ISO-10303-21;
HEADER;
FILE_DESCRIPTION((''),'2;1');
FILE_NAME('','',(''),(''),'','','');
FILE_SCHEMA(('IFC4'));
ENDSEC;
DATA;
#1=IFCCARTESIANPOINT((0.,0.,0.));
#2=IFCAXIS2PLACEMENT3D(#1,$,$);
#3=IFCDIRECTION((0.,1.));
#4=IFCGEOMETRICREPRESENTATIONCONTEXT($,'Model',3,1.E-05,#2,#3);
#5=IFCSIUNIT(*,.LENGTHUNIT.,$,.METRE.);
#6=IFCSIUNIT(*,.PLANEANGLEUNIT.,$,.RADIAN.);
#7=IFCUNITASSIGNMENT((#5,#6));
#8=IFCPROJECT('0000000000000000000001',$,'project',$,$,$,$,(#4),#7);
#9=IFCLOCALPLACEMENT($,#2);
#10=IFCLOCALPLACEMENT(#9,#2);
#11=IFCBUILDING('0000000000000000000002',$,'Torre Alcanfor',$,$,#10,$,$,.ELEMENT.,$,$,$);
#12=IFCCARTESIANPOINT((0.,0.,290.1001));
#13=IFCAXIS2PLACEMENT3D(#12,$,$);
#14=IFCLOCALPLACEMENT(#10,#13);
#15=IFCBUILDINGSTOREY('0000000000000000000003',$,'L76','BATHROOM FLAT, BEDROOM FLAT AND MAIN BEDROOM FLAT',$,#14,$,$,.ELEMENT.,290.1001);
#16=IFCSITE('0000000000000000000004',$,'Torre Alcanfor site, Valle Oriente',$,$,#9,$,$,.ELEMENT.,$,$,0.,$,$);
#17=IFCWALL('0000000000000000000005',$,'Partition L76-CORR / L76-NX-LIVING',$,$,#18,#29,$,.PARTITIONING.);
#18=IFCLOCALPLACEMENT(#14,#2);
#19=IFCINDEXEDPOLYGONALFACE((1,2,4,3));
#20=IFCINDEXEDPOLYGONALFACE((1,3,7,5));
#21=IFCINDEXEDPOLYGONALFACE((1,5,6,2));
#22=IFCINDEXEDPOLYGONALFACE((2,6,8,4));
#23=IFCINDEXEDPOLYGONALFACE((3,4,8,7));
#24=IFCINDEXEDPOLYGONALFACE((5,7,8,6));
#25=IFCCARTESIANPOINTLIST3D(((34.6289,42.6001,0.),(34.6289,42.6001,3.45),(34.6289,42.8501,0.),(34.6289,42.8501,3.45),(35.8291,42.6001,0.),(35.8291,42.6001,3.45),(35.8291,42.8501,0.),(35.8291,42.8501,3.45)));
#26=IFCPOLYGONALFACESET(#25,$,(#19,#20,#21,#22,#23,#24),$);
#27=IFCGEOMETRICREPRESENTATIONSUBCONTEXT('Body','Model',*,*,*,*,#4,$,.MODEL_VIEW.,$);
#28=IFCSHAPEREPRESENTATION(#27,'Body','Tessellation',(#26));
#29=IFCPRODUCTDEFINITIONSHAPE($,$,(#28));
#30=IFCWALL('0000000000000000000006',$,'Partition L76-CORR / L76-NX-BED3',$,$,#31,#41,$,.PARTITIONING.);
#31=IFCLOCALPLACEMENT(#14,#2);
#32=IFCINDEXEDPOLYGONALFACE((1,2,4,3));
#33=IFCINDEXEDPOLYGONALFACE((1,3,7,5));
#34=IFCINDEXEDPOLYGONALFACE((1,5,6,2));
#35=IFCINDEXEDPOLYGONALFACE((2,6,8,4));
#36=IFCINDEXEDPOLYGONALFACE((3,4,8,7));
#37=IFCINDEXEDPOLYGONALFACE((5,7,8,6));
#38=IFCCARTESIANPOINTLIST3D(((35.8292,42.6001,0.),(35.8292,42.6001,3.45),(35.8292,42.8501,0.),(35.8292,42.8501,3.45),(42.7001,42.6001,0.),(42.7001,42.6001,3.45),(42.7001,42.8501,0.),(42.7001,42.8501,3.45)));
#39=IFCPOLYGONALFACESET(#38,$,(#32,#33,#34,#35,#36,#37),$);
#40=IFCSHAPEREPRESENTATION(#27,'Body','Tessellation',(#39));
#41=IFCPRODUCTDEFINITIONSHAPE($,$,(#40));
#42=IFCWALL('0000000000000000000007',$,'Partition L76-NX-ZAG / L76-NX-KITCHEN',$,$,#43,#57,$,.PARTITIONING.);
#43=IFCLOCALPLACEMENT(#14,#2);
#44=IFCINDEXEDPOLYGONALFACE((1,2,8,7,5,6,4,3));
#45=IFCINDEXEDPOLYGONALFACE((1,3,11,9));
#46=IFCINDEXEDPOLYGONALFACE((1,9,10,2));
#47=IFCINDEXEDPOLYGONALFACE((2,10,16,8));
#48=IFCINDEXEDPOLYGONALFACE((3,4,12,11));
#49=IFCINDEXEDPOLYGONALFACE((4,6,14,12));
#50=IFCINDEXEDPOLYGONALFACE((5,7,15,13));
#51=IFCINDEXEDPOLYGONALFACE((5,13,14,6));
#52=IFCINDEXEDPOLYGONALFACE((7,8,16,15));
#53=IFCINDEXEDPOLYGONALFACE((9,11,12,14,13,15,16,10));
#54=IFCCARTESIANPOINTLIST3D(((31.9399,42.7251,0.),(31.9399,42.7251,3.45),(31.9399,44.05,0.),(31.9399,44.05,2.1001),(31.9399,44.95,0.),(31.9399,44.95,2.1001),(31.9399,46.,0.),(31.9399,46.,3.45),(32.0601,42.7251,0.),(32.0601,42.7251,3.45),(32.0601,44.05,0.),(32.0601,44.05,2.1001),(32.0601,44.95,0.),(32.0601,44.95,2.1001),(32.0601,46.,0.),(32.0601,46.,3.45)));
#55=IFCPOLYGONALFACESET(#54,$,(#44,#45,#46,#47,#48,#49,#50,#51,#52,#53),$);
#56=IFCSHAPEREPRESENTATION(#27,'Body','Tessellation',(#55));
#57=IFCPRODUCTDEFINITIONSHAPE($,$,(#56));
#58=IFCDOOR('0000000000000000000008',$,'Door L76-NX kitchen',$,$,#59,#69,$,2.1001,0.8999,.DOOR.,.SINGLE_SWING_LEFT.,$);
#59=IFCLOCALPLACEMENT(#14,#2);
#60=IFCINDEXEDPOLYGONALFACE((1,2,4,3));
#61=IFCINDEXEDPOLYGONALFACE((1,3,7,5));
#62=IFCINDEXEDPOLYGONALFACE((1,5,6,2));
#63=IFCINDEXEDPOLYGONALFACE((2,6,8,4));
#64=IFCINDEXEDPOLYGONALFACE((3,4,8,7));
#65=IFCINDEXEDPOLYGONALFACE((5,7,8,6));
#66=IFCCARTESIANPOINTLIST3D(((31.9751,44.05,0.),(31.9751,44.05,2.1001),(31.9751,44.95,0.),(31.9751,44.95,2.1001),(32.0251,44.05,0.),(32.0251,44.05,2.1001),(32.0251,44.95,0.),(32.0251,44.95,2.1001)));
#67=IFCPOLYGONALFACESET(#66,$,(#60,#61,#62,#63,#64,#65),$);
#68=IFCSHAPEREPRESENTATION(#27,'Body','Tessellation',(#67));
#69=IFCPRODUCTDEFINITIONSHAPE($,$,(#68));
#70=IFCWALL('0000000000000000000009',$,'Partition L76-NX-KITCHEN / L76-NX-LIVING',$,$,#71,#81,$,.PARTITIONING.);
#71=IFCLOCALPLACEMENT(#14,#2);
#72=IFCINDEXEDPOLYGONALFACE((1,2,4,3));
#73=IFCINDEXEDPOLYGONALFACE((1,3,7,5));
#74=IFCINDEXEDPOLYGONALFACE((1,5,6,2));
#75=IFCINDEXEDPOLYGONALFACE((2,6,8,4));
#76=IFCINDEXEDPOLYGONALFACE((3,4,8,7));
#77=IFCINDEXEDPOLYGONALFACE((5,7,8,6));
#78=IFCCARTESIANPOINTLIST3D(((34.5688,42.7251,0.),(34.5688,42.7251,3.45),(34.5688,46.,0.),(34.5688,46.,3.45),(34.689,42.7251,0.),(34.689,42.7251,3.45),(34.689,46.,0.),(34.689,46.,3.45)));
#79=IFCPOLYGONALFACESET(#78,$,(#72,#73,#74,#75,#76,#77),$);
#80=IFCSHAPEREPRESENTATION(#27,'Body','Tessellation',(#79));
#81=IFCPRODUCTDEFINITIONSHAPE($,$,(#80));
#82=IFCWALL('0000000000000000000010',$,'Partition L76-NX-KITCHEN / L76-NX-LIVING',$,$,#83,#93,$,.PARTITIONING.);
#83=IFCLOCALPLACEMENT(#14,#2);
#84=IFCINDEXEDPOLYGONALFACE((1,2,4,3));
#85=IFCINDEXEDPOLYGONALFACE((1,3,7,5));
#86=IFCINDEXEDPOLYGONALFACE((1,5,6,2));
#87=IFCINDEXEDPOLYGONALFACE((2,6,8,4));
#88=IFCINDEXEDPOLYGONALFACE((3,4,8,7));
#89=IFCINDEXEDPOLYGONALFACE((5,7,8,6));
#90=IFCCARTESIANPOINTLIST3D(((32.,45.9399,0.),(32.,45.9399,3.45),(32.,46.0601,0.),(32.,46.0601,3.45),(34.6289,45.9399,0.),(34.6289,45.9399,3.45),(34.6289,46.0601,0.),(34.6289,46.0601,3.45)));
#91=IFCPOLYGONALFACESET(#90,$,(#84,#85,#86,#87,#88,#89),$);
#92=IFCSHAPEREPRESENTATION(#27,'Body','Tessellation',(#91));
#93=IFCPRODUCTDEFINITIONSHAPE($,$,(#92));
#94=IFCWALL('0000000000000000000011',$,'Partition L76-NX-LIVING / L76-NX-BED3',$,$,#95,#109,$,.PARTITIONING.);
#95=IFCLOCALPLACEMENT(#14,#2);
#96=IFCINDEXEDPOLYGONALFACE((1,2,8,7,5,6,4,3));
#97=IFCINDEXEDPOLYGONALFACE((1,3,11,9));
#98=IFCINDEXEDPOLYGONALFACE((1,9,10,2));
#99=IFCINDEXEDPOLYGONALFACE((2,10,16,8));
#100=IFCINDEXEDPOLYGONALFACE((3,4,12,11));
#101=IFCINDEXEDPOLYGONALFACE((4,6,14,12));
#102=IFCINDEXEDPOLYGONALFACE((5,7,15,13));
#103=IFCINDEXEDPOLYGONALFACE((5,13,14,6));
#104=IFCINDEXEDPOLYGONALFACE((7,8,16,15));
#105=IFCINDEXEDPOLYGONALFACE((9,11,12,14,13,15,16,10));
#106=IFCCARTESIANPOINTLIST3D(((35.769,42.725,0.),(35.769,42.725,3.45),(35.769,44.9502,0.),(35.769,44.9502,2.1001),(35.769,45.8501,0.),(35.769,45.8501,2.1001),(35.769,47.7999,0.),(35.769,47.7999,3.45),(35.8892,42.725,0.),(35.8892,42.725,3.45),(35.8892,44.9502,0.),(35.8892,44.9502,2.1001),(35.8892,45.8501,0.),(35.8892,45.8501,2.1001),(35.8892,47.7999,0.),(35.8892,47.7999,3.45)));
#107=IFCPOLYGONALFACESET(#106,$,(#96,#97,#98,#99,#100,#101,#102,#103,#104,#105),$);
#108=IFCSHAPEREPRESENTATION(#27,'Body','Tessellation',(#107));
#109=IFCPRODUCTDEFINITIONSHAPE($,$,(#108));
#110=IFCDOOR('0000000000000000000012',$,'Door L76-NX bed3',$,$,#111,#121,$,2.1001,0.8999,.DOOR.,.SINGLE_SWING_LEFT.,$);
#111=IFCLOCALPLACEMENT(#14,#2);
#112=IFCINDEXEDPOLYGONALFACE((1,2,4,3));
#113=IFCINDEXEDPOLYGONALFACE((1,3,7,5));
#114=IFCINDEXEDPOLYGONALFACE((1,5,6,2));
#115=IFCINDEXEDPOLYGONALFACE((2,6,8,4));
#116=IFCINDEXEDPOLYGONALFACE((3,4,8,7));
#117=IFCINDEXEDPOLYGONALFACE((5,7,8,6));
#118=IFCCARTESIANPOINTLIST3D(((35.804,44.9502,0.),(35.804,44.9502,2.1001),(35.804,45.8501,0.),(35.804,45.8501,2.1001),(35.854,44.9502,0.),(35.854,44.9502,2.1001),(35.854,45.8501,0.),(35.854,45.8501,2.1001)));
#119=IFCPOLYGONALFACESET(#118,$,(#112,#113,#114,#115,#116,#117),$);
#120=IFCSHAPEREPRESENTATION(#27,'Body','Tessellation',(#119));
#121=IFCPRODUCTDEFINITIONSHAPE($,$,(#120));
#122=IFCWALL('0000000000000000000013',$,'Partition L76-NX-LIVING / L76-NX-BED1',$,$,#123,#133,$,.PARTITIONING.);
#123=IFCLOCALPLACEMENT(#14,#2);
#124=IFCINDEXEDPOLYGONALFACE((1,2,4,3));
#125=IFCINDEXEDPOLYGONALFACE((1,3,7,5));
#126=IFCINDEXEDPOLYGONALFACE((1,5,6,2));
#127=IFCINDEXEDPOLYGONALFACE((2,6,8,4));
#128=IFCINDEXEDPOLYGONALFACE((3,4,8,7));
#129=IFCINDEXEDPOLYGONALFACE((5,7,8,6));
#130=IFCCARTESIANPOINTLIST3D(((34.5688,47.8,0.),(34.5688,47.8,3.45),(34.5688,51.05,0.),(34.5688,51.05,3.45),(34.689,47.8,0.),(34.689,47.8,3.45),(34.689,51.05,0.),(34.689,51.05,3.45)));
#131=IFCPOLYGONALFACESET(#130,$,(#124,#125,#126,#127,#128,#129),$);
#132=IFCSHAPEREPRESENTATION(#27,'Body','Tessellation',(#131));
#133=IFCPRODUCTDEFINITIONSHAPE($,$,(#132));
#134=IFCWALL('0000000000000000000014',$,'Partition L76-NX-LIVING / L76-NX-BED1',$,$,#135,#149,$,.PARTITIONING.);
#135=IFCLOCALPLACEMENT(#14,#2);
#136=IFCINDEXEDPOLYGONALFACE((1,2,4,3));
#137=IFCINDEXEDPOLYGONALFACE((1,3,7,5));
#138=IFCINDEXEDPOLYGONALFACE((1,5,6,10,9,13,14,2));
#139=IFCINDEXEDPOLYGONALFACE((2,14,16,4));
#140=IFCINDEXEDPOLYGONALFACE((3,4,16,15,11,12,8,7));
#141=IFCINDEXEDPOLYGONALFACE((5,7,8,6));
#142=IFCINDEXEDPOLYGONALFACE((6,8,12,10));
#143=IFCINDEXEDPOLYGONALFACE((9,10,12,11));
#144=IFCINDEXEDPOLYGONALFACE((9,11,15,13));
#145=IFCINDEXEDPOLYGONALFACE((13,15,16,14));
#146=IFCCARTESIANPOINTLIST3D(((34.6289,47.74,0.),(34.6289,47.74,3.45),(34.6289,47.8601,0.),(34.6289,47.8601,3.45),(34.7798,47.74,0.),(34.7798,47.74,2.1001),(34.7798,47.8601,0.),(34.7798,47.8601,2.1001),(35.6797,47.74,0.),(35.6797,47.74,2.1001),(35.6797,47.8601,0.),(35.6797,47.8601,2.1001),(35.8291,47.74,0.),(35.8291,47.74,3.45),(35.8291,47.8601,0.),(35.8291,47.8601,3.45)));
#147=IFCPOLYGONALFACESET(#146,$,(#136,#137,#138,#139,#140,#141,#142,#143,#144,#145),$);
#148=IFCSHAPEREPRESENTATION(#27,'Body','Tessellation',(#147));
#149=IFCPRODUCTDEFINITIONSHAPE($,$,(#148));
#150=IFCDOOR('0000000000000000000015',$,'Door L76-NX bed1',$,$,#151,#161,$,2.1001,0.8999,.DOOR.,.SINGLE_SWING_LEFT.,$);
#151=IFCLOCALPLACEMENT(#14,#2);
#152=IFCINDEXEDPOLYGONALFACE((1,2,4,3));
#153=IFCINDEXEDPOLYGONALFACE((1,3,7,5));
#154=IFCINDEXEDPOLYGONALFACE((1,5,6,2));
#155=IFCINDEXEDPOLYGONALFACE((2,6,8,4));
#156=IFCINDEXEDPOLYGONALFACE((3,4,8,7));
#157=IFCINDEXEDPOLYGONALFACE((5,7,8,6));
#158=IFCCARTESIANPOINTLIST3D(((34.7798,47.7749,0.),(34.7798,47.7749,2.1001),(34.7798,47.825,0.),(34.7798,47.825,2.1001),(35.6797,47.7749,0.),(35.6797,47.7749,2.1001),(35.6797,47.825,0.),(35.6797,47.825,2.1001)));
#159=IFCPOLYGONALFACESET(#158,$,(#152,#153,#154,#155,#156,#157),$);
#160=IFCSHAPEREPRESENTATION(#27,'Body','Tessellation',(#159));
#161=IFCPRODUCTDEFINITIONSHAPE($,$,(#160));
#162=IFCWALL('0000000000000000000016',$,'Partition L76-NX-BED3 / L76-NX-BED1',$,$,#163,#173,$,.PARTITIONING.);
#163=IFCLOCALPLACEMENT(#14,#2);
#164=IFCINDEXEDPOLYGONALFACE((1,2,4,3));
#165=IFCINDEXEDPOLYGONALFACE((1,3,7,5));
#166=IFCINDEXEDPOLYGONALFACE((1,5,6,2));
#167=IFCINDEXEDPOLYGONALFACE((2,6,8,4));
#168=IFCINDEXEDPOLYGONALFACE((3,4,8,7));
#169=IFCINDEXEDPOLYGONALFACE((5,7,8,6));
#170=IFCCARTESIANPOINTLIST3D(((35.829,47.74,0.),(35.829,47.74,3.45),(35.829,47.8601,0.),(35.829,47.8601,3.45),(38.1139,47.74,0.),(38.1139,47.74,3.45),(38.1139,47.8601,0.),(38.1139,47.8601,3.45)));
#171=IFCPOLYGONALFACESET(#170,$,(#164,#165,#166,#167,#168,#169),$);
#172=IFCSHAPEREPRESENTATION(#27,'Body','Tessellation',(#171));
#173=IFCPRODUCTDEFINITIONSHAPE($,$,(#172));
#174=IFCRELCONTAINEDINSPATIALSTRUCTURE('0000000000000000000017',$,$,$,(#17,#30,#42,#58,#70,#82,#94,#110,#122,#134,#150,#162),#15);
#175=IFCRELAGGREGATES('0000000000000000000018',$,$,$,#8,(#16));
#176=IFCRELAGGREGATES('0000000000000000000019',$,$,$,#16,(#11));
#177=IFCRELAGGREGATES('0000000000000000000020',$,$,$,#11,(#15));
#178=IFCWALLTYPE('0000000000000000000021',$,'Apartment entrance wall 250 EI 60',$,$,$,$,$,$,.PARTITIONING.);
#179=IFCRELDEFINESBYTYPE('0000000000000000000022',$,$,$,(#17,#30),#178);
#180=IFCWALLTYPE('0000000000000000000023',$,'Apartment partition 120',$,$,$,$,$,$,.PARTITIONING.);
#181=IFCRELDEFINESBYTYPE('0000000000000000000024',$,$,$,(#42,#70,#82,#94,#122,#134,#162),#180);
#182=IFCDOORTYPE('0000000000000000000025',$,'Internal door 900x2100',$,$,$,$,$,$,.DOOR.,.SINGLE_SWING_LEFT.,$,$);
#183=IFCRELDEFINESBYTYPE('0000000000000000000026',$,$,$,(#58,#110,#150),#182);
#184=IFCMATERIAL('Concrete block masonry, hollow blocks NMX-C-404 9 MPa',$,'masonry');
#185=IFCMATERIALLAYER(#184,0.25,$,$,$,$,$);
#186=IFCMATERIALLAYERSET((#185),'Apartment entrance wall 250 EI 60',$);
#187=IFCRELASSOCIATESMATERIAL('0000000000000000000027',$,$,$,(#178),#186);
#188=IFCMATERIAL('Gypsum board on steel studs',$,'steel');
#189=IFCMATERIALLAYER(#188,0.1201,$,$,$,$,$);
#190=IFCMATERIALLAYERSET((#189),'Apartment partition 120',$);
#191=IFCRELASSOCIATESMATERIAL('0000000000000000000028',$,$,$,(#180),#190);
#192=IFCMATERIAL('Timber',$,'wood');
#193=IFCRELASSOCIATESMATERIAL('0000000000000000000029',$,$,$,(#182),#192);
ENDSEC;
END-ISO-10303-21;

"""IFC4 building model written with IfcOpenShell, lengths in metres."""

from ifc_helpers import new_model, si_unit, direction, frame, frame_2d, origin, place, context, subcontext, project, spatial, rectangle, extrude, material, layer, layer_set, type_object, element, fill, save


model = new_model("IFC4")

# Units and contexts
model_context = context("Model", 3, precision=1e-05, world=origin(), true_north=direction((0.0, 1.0)))
body_context = subcontext(model_context, "Body", "Model", "MODEL_VIEW")
ifc_project = project(units=[si_unit("LENGTHUNIT", "METRE"), si_unit("PLANEANGLEUNIT", "RADIAN")], contexts=[model_context])

# Site, building, storey
site_placement = place(None, origin())
site = spatial("IfcSite", under=ifc_project, at=site_placement, Name="Torre Alcanfor site, Valle Oriente", CompositionType="ELEMENT", RefElevation=0.0)
building_placement = place(site_placement, origin())
building = spatial("IfcBuilding", under=site, at=building_placement, Name="Torre Alcanfor", CompositionType="ELEMENT")
storey_placement = place(building_placement, frame((0.0, 0.0, 290.1001)))
storey = spatial("IfcBuildingStorey", under=building, at=storey_placement, Name="L76", Description="BATHROOM FLAT, BEDROOM FLAT AND MAIN BEDROOM FLAT", CompositionType="ELEMENT", Elevation=290.1001)

# Walls
ifc_material_1 = material(Name="Concrete block masonry, hollow blocks NMX-C-404 9 MPa", Category="masonry")
ifc_layer_1 = layer(ifc_material_1, 0.25)
ifc_layer_set_1 = layer_set([ifc_layer_1], Name="Apartment entrance wall 250 EI 60")
wall_type_1 = type_object("IfcWallType", Name="Apartment entrance wall 250 EI 60", PredefinedType="PARTITIONING", material=ifc_layer_set_1)
wall_1_placement = place(storey_placement, frame((34.6289, 42.7251, 0.0), z_axis=(0.0, 0.0, 1.0), x_axis=(1.0, 0.0, 0.0)))
element("IfcWall", 1, at=wall_1_placement, inside=storey, type_object=wall_type_1, Name="Partition L76-CORR / L76-NX-LIVING", PredefinedType="PARTITIONING", context=body_context, shape_type="SweptSolid", body=[
    extrude(rectangle(XDim=1.2002, YDim=0.25, at=frame_2d((0.6001, 0.0))), origin(), (0.0, 0.0, 1.0), 3.45),
])
wall_2_placement = place(storey_placement, frame((35.8291, 42.7251, 0.0), z_axis=(0.0, 0.0, 1.0), x_axis=(1.0, 0.0, 0.0)))
element("IfcWall", 2, at=wall_2_placement, inside=storey, type_object=wall_type_1, Name="Partition L76-CORR / L76-NX-BED3", PredefinedType="PARTITIONING", context=body_context, shape_type="SweptSolid", body=[
    extrude(rectangle(XDim=6.8708, YDim=0.25, at=frame_2d((3.4355, 0.0))), origin(), (0.0, 0.0, 1.0), 3.45),
])

# Wall, opening, door
ifc_material_2 = material(Name="Gypsum board on steel studs", Category="steel")
ifc_layer_2 = layer(ifc_material_2, 0.1201)
ifc_layer_set_2 = layer_set([ifc_layer_2], Name="Apartment partition 120")
wall_type_2 = type_object("IfcWallType", Name="Apartment partition 120", PredefinedType="PARTITIONING", material=ifc_layer_set_2)
wall_3_placement = place(storey_placement, frame((32.0, 42.7251, 0.0), z_axis=(0.0, 0.0, 1.0), x_axis=(0.0, 1.0, 0.0)))
wall_3 = element("IfcWall", 3, at=wall_3_placement, inside=storey, type_object=wall_type_2, Name="Partition L76-NX-ZAG / L76-NX-KITCHEN", PredefinedType="PARTITIONING", context=body_context, shape_type="SweptSolid", body=[
    extrude(rectangle(XDim=3.2749, YDim=0.1201, at=frame_2d((1.6375, 0.0))), origin(), (0.0, 0.0, 1.0), 3.45),
])
opening_1_placement = place(wall_3_placement, frame((1.325, 0.0, 0.0)))
opening_1 = element("IfcOpeningElement", 4, at=opening_1_placement, cuts=wall_3, PredefinedType="OPENING", context=body_context, shape_type="SweptSolid", body=[
    extrude(rectangle(XDim=0.8999, YDim=2.1001, at=frame_2d((0.45, 1.05))), frame((0.0, 0.0701, 0.0), z_axis=(0.0, -1.0, 0.0), x_axis=(1.0, 0.0, 0.0)), (0.0, 0.0, 1.0), 0.1401),
])
ifc_material_3 = material(Name="Timber", Category="wood")
door_type_1 = type_object("IfcDoorType", Name="Internal door 900x2100", OperationType="SINGLE_SWING_LEFT", PredefinedType="DOOR", material=ifc_material_3)
door_1_placement = place(opening_1_placement, frame((0.8999, 0.0, 0.0), z_axis=(0.0, 0.0, 1.0), x_axis=(-1.0, 0.0, 0.0)))
door_1 = element("IfcDoor", 5, at=door_1_placement, inside=storey, type_object=door_type_1, Name="Door L76-NX kitchen", OperationType="SINGLE_SWING_LEFT", OverallHeight=2.1001, OverallWidth=0.8999, PredefinedType="DOOR", context=body_context, shape_type="SweptSolid", body=[
    extrude(rectangle(XDim=0.8999, YDim=2.1001, at=frame_2d((0.45, 1.05))), frame((0.0, 0.0251, 0.0), z_axis=(0.0, -1.0, 0.0), x_axis=(1.0, 0.0, 0.0)), (0.0, 0.0, 1.0), 0.05),
])
fill(opening_1, door_1)

# Walls
wall_4_placement = place(storey_placement, frame((34.6289, 42.7251, 0.0), z_axis=(0.0, 0.0, 1.0), x_axis=(0.0, 1.0, 0.0)))
element("IfcWall", 6, at=wall_4_placement, inside=storey, type_object=wall_type_2, Name="Partition L76-NX-KITCHEN / L76-NX-LIVING", PredefinedType="PARTITIONING", context=body_context, shape_type="SweptSolid", body=[
    extrude(rectangle(XDim=3.2749, YDim=0.1201, at=frame_2d((1.6375, 0.0))), origin(), (0.0, 0.0, 1.0), 3.45),
])
wall_5_placement = place(storey_placement, frame((34.6289, 46.0, 0.0), z_axis=(0.0, 0.0, 1.0), x_axis=(-1.0, 0.0, 0.0)))
element("IfcWall", 7, at=wall_5_placement, inside=storey, type_object=wall_type_2, Name="Partition L76-NX-KITCHEN / L76-NX-LIVING", PredefinedType="PARTITIONING", context=body_context, shape_type="SweptSolid", body=[
    extrude(rectangle(XDim=2.6289, YDim=0.1201, at=frame_2d((1.3145, 0.0))), origin(), (0.0, 0.0, 1.0), 3.45),
])

# Wall, opening, door
wall_6_placement = place(storey_placement, frame((35.8291, 47.8, 0.0), z_axis=(0.0, 0.0, 1.0), x_axis=(0.0, -1.0, 0.0)))
wall_6 = element("IfcWall", 8, at=wall_6_placement, inside=storey, type_object=wall_type_2, Name="Partition L76-NX-LIVING / L76-NX-BED3", PredefinedType="PARTITIONING", context=body_context, shape_type="SweptSolid", body=[
    extrude(rectangle(XDim=5.075, YDim=0.1201, at=frame_2d((2.5376, 0.0))), origin(), (0.0, 0.0, 1.0), 3.45),
])
opening_2_placement = place(wall_6_placement, frame((1.95, 0.0, 0.0)))
opening_2 = element("IfcOpeningElement", 9, at=opening_2_placement, cuts=wall_6, PredefinedType="OPENING", context=body_context, shape_type="SweptSolid", body=[
    extrude(rectangle(XDim=0.8999, YDim=2.1001, at=frame_2d((0.45, 1.05))), frame((0.0, 0.0701, 0.0), z_axis=(0.0, -1.0, 0.0), x_axis=(1.0, 0.0, 0.0)), (0.0, 0.0, 1.0), 0.1401),
])
door_2_placement = place(opening_2_placement, origin())
door_2 = element("IfcDoor", 10, at=door_2_placement, inside=storey, type_object=door_type_1, Name="Door L76-NX bed3", OperationType="SINGLE_SWING_LEFT", OverallHeight=2.1001, OverallWidth=0.8999, PredefinedType="DOOR", context=body_context, shape_type="SweptSolid", body=[
    extrude(rectangle(XDim=0.8999, YDim=2.1001, at=frame_2d((0.45, 1.05))), frame((0.0, 0.0249, 0.0), z_axis=(0.0, -1.0, 0.0), x_axis=(1.0, 0.0, 0.0)), (0.0, 0.0, 1.0), 0.05),
])
fill(opening_2, door_2)

# Wall
wall_7_placement = place(storey_placement, frame((34.6289, 51.05, 0.0), z_axis=(0.0, 0.0, 1.0), x_axis=(0.0, -1.0, 0.0)))
element("IfcWall", 11, at=wall_7_placement, inside=storey, type_object=wall_type_2, Name="Partition L76-NX-LIVING / L76-NX-BED1", PredefinedType="PARTITIONING", context=body_context, shape_type="SweptSolid", body=[
    extrude(rectangle(XDim=3.25, YDim=0.1201, at=frame_2d((1.625, 0.0))), origin(), (0.0, 0.0, 1.0), 3.45),
])

# Wall, opening, door
wall_8_placement = place(storey_placement, frame((34.6289, 47.8, 0.0), z_axis=(0.0, 0.0, 1.0), x_axis=(1.0, 0.0, 0.0)))
wall_8 = element("IfcWall", 12, at=wall_8_placement, inside=storey, type_object=wall_type_2, Name="Partition L76-NX-LIVING / L76-NX-BED1", PredefinedType="PARTITIONING", context=body_context, shape_type="SweptSolid", body=[
    extrude(rectangle(XDim=1.2002, YDim=0.1201, at=frame_2d((0.6001, 0.0))), origin(), (0.0, 0.0, 1.0), 3.45),
])
opening_3_placement = place(wall_8_placement, frame((0.1509, 0.0, 0.0)))
opening_3 = element("IfcOpeningElement", 13, at=opening_3_placement, cuts=wall_8, PredefinedType="OPENING", context=body_context, shape_type="SweptSolid", body=[
    extrude(rectangle(XDim=0.8999, YDim=2.1001, at=frame_2d((0.45, 1.05))), frame((0.0, 0.0701, 0.0), z_axis=(0.0, -1.0, 0.0), x_axis=(1.0, 0.0, 0.0)), (0.0, 0.0, 1.0), 0.1401),
])
door_3_placement = place(opening_3_placement, origin())
door_3 = element("IfcDoor", 14, at=door_3_placement, inside=storey, type_object=door_type_1, Name="Door L76-NX bed1", OperationType="SINGLE_SWING_LEFT", OverallHeight=2.1001, OverallWidth=0.8999, PredefinedType="DOOR", context=body_context, shape_type="SweptSolid", body=[
    extrude(rectangle(XDim=0.8999, YDim=2.1001, at=frame_2d((0.45, 1.05))), frame((0.0, 0.0249, 0.0), z_axis=(0.0, -1.0, 0.0), x_axis=(1.0, 0.0, 0.0)), (0.0, 0.0, 1.0), 0.05),
])
fill(opening_3, door_3)

# Wall
wall_9_placement = place(storey_placement, frame((38.114, 47.8, 0.0), z_axis=(0.0, 0.0, 1.0), x_axis=(-1.0, 0.0, 0.0)))
element("IfcWall", 15, at=wall_9_placement, inside=storey, type_object=wall_type_2, Name="Partition L76-NX-BED3 / L76-NX-BED1", PredefinedType="PARTITIONING", context=body_context, shape_type="SweptSolid", body=[
    extrude(rectangle(XDim=2.2849, YDim=0.1201, at=frame_2d((1.1426, 0.0))), origin(), (0.0, 0.0, 1.0), 3.45),
])

save(model, "model.ifc")
